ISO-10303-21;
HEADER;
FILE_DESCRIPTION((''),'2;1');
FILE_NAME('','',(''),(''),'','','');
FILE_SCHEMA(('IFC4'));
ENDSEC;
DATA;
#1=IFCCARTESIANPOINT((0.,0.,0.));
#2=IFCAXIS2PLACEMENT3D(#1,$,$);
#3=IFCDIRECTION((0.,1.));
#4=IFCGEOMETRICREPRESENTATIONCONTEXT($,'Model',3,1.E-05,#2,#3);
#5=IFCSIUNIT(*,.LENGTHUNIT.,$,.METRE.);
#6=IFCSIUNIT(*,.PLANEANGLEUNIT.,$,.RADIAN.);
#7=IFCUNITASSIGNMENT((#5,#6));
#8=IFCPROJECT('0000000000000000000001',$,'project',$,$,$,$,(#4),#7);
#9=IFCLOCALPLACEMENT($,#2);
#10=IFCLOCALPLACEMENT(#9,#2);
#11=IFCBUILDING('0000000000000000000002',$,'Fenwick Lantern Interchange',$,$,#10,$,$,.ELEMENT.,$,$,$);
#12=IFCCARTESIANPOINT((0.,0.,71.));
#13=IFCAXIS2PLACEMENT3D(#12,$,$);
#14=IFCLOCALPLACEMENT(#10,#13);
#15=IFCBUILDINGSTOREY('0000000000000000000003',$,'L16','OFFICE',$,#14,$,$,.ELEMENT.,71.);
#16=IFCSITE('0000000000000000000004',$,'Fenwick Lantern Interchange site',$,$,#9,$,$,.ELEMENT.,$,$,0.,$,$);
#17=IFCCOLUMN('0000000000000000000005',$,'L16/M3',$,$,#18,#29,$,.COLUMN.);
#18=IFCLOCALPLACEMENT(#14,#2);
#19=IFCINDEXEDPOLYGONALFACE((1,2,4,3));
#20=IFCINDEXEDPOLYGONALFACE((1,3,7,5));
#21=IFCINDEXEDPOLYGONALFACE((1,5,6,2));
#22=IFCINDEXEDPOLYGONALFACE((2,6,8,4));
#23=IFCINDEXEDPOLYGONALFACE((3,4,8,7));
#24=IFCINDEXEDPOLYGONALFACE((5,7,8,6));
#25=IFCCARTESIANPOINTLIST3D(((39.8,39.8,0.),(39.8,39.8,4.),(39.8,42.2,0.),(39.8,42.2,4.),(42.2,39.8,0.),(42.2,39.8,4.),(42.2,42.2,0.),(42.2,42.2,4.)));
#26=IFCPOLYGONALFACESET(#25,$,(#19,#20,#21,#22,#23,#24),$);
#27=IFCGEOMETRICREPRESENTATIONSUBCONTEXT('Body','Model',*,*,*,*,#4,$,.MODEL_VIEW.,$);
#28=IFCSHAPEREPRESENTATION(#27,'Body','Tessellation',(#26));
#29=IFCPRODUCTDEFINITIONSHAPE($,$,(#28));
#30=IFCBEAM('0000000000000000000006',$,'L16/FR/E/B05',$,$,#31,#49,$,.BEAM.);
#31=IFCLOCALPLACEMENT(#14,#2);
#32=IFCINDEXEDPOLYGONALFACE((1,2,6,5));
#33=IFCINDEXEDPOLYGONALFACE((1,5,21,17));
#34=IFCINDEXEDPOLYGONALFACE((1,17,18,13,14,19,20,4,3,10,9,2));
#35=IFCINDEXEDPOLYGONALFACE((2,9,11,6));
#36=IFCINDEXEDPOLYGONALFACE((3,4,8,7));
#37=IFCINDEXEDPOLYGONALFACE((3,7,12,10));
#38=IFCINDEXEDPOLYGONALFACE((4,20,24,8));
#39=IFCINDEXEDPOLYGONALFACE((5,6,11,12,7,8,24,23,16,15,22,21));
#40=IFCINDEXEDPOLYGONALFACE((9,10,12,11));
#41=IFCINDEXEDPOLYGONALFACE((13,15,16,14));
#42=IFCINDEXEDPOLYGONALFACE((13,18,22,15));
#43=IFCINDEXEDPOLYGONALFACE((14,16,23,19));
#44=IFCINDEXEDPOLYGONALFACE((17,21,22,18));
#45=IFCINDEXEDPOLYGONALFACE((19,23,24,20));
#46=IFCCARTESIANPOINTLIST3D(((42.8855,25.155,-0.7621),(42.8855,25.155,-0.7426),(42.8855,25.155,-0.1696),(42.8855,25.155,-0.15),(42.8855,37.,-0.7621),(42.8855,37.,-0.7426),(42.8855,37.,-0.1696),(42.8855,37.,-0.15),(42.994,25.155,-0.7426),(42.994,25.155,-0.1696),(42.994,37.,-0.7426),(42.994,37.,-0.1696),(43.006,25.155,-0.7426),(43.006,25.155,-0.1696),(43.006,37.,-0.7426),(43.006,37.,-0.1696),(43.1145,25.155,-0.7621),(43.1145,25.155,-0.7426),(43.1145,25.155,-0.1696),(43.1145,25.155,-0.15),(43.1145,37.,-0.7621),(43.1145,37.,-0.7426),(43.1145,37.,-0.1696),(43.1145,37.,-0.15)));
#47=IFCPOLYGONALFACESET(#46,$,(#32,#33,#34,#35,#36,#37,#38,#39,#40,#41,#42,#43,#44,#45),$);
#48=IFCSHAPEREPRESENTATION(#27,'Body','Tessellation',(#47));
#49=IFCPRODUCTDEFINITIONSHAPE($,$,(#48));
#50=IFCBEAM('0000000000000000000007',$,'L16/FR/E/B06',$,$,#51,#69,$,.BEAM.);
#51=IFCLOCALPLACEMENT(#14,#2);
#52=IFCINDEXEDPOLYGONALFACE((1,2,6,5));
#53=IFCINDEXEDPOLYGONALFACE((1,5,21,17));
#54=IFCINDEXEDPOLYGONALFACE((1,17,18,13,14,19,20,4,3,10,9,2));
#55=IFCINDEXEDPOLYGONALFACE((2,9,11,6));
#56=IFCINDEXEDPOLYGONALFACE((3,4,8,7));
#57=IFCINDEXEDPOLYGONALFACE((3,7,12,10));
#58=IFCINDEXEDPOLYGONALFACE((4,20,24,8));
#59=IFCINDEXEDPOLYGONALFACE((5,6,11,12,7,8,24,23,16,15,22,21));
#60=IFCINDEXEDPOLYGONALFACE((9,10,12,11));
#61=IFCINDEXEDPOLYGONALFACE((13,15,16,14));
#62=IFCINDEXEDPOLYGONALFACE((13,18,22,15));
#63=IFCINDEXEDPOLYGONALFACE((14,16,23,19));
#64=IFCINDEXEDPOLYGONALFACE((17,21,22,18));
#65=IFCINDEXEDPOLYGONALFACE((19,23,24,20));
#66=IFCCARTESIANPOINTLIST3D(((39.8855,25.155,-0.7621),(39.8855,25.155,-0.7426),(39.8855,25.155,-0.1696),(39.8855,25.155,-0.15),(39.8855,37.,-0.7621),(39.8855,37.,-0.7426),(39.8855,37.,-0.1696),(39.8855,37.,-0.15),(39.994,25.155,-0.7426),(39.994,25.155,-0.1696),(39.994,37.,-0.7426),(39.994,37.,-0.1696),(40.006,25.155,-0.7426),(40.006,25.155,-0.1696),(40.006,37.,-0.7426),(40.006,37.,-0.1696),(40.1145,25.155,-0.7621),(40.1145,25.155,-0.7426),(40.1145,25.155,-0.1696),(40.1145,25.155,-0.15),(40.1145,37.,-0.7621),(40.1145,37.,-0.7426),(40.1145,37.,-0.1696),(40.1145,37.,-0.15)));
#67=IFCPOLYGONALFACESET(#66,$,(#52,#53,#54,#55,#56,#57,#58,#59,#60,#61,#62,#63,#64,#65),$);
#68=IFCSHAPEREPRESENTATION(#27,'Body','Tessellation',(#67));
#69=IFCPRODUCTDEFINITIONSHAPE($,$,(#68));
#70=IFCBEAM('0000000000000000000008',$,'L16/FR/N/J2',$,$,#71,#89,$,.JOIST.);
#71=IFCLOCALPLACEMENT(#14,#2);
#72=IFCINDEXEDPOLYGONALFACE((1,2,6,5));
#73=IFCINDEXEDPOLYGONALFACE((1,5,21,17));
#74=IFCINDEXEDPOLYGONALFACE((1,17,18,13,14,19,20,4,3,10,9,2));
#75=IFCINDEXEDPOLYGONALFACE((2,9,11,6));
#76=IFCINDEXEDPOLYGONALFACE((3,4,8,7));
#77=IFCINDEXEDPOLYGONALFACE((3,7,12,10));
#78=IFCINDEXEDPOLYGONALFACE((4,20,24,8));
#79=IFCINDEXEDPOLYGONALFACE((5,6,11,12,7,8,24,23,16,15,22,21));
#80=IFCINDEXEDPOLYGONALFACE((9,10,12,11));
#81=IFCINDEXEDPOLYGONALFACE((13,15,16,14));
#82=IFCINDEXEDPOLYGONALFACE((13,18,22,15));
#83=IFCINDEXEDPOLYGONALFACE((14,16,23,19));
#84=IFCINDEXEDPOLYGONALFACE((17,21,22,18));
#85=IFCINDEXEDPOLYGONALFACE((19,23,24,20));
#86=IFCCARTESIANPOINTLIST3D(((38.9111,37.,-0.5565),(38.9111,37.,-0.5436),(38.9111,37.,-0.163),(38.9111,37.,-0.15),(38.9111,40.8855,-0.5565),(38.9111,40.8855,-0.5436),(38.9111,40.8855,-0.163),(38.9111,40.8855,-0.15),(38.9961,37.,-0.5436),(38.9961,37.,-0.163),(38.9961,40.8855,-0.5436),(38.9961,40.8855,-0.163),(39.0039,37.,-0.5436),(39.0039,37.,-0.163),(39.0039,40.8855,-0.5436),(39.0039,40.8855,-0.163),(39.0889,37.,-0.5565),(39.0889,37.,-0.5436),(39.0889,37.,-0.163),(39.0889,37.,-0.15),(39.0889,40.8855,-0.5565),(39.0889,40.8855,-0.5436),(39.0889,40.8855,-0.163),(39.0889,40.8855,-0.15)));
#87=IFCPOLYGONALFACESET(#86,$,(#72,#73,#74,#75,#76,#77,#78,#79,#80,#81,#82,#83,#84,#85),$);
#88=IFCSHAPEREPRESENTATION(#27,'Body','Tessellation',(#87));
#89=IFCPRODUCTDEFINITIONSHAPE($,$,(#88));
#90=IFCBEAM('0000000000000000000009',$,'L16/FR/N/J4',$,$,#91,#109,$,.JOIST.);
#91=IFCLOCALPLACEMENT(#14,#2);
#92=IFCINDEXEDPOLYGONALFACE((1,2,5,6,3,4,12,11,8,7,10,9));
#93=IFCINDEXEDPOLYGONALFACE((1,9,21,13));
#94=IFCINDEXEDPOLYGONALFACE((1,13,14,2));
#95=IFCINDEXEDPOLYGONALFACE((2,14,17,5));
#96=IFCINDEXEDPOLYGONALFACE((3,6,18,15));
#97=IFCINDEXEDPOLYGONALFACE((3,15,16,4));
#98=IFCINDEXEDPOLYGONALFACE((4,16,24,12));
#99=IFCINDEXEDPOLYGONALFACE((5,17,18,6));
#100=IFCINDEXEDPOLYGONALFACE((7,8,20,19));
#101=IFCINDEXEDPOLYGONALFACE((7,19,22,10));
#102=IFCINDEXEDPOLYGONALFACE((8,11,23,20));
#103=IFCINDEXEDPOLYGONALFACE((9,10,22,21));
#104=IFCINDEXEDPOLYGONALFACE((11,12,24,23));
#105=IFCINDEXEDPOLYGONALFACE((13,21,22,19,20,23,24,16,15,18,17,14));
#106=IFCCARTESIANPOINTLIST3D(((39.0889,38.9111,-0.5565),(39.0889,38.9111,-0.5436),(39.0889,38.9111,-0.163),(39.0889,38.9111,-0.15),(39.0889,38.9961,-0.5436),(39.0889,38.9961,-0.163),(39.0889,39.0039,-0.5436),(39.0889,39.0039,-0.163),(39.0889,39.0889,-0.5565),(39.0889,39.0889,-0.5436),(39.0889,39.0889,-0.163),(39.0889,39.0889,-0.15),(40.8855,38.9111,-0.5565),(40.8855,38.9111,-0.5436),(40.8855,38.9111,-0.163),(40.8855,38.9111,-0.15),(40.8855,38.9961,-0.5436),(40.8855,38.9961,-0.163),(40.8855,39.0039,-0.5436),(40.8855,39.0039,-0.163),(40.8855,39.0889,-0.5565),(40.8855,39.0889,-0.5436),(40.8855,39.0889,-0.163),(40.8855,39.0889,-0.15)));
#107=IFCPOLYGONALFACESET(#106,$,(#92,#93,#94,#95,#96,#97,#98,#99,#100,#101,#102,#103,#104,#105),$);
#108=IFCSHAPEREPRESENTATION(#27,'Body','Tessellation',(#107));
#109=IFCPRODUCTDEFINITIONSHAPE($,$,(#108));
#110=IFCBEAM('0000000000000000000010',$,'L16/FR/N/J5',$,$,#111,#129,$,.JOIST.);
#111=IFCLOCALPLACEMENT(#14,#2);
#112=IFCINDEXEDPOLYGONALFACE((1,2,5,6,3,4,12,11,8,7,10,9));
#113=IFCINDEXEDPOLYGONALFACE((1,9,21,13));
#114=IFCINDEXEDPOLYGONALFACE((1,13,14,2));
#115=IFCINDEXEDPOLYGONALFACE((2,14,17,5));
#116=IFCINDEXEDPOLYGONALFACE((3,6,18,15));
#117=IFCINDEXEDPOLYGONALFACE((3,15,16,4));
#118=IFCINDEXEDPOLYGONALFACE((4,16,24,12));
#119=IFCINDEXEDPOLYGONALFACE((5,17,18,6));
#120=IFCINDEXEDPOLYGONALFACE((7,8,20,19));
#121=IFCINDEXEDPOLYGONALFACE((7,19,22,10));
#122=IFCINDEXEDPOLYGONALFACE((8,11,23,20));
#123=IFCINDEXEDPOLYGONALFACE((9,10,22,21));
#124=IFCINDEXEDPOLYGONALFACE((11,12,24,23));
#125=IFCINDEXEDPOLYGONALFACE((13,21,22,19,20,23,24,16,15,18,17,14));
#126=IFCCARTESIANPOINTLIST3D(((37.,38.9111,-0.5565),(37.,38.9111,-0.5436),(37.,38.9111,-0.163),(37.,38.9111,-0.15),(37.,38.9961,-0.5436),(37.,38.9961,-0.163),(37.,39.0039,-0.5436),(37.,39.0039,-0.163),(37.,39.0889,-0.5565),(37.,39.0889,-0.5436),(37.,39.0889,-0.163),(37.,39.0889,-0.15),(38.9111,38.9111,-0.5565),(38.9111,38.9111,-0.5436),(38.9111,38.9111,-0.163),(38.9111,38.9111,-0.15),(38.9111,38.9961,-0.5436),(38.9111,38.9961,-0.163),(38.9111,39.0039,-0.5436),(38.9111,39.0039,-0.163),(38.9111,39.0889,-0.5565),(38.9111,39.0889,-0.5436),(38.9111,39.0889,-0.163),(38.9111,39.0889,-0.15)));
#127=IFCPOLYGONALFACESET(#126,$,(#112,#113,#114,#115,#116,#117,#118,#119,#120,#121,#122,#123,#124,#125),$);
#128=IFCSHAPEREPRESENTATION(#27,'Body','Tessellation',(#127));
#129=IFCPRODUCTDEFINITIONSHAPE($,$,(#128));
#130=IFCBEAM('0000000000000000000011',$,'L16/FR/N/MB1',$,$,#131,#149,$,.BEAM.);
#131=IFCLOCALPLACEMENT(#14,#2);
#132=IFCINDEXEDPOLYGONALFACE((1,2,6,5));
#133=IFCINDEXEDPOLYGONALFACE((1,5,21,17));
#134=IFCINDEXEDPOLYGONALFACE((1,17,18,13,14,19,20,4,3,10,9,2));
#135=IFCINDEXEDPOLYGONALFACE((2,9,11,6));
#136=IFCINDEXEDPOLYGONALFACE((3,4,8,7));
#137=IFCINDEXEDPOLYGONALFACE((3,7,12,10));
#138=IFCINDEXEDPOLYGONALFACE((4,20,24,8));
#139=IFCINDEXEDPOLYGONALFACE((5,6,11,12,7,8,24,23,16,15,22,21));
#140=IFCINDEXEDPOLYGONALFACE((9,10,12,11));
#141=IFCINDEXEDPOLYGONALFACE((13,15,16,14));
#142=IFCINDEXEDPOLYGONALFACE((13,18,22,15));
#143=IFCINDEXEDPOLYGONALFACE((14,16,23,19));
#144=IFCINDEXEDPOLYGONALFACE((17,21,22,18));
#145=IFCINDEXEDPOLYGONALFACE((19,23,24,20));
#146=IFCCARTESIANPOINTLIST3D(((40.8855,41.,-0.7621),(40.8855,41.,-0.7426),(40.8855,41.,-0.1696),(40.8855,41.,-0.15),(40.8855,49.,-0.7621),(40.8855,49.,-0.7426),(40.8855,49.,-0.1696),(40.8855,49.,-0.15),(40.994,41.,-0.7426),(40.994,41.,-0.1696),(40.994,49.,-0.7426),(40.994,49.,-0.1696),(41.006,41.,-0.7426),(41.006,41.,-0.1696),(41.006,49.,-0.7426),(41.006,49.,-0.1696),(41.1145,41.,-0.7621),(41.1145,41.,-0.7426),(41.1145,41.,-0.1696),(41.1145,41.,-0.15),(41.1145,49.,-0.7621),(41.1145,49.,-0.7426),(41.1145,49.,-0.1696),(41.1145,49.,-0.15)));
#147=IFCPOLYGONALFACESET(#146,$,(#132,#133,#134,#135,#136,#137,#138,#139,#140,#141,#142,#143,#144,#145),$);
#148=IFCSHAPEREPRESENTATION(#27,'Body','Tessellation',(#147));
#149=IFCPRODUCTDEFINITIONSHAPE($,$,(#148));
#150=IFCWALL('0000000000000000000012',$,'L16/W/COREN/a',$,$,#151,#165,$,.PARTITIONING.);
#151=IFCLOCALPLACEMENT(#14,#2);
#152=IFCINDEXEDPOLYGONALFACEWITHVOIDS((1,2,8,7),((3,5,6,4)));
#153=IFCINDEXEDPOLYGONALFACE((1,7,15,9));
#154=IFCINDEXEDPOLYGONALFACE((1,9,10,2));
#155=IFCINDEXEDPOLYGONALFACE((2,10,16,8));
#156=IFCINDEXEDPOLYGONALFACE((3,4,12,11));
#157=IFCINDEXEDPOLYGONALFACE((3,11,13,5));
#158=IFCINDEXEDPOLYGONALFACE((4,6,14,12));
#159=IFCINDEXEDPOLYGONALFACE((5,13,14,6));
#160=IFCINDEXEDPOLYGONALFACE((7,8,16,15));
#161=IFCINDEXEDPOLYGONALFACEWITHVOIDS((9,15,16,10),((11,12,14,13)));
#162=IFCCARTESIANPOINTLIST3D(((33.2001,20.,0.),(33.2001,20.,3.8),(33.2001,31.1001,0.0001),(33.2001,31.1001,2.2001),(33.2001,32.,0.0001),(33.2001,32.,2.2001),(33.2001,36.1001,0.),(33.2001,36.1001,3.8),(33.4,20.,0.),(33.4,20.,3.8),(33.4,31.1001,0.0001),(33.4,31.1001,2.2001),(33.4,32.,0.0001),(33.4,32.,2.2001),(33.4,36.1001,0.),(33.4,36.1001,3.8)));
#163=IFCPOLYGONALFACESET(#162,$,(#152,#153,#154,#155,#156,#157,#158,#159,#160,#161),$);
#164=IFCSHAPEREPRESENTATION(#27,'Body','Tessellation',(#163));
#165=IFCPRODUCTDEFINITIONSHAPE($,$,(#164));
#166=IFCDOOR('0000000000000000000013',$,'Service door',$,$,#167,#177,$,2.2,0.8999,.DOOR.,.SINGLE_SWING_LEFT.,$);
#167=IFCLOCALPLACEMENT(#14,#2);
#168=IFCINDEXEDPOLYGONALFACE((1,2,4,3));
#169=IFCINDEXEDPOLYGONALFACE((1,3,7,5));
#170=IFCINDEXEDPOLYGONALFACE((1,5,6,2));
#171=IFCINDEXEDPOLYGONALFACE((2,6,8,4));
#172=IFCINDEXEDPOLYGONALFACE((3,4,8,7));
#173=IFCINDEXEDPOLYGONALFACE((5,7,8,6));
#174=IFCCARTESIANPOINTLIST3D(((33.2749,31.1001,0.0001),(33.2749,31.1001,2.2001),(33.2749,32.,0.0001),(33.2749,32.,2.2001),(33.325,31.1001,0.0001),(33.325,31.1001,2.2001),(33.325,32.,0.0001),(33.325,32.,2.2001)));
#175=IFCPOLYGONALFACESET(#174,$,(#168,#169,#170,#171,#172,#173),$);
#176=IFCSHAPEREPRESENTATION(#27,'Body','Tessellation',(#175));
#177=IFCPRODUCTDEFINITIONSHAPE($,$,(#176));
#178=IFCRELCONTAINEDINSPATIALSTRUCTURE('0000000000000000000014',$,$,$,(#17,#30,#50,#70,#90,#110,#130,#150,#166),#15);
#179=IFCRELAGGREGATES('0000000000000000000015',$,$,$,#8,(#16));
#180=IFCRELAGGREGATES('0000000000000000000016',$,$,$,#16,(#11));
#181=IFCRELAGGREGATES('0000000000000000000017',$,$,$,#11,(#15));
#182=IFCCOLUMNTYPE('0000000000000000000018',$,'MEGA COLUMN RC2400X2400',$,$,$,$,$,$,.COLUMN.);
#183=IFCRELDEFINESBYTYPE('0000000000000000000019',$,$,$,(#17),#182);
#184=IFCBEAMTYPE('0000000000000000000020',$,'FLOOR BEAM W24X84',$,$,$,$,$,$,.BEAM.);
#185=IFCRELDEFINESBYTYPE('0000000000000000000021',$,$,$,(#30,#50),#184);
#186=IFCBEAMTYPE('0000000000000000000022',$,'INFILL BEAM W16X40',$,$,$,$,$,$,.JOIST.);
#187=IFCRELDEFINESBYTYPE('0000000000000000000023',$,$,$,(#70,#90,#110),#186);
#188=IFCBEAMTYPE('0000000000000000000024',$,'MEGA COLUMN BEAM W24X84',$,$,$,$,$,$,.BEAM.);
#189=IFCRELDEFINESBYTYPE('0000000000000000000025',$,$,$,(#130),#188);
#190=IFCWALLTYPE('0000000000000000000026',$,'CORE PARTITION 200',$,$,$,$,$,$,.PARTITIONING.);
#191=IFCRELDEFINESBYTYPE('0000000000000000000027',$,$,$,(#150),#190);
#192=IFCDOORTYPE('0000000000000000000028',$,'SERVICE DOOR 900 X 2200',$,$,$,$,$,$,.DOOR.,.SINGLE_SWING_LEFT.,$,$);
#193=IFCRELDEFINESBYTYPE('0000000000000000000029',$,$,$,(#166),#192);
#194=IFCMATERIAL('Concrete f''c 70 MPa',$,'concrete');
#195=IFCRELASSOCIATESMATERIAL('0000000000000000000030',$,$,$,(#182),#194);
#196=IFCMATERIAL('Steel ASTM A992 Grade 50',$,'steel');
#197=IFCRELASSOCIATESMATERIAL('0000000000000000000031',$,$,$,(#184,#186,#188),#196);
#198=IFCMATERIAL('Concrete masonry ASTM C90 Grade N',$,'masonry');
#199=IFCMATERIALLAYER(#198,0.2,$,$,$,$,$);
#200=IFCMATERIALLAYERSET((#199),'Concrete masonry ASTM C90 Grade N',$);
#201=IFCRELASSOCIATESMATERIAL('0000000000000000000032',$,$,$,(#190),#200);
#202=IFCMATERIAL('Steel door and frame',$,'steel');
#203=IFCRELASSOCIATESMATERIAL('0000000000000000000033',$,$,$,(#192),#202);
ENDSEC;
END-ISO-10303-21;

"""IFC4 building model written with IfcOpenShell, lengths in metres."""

from ifc_helpers import new_model, si_unit, direction, frame, frame_2d, origin, origin_2d, place, context, subcontext, project, spatial, rectangle, i_section, extrude, material, layer, layer_set, material_profile, profile_set, type_object, element, fill, save


model = new_model("IFC4")

# Units and contexts
model_context = context("Model", 3, precision=1e-05, world=origin(), true_north=direction((0.0, 1.0)))
body_context = subcontext(model_context, "Body", "Model", "MODEL_VIEW")
ifc_project = project(units=[si_unit("LENGTHUNIT", "METRE"), si_unit("PLANEANGLEUNIT", "RADIAN")], contexts=[model_context])

# Site, building, storey
site_placement = place(None, origin())
site = spatial("IfcSite", under=ifc_project, at=site_placement, Name="Fenwick Lantern Interchange site", CompositionType="ELEMENT", RefElevation=0.0)
building_placement = place(site_placement, origin())
building = spatial("IfcBuilding", under=site, at=building_placement, Name="Fenwick Lantern Interchange", CompositionType="ELEMENT")
storey_placement = place(building_placement, frame((0.0, 0.0, 71.0)))
storey = spatial("IfcBuildingStorey", under=building, at=storey_placement, Name="L16", Description="OFFICE", CompositionType="ELEMENT", Elevation=71.0)

# Column
ifc_material_1 = material(Name="Concrete f'c 70 MPa", Category="concrete")
ifc_material_profile_1 = material_profile(ifc_material_1, rectangle(XDim=2.3999, YDim=2.3999, at=origin_2d()), Name="RC2400X2400")
ifc_profile_set_1 = profile_set([ifc_material_profile_1], Name="Concrete f'c 70 MPa")
column_type = type_object("IfcColumnType", Name="MEGA COLUMN RC2400X2400", PredefinedType="COLUMN", material=ifc_profile_set_1)
column_placement = place(storey_placement, frame((41.0, 41.0, 0.0), z_axis=(0.0, 0.0, 1.0), x_axis=(1.0, 0.0, 0.0)))
element("IfcColumn", 1, at=column_placement, inside=storey, type_object=column_type, Name="L16/M3", PredefinedType="COLUMN", context=body_context, shape_type="SweptSolid", body=[
    extrude(rectangle(XDim=2.3999, YDim=2.3999, at=origin_2d()), origin(), (0.0, 0.0, 1.0), 4.0),
])

# Beams
ifc_material_2 = material(Name="Steel ASTM A992 Grade 50", Category="steel")
ifc_material_profile_2 = material_profile(ifc_material_2, i_section(OverallWidth=0.229, OverallDepth=0.6121, WebThickness=0.012, FlangeThickness=0.0195, at=origin_2d()), Name="W24X84")
ifc_profile_set_2 = profile_set([ifc_material_profile_2], Name="Steel ASTM A992 Grade 50")
beam_type_1 = type_object("IfcBeamType", Name="FLOOR BEAM W24X84", PredefinedType="BEAM", material=ifc_profile_set_2)
for number, where, z_axis, x_axis, name in (
    (2, (43.0, 25.155, -0.4561), (0.0, 1.0, 0.0), (-1.0, 0.0, 0.0), "L16/FR/E/B05"),
    (3, (40.0, 25.155, -0.4561), (0.0, 1.0, 0.0), (-1.0, 0.0, 0.0), "L16/FR/E/B06"),
):
    element("IfcBeam", number, at=place(storey_placement, frame(where, z_axis=z_axis, x_axis=x_axis)), inside=storey, type_object=beam_type_1, Name=name, PredefinedType="BEAM", context=body_context, shape_type="SweptSolid", body=[
        extrude(i_section(OverallWidth=0.229, OverallDepth=0.6121, WebThickness=0.012, FlangeThickness=0.0195, at=origin_2d()), origin(), (0.0, 0.0, 1.0), 11.845),
    ])
ifc_material_profile_3 = material_profile(ifc_material_2, i_section(OverallWidth=0.1777, OverallDepth=0.4065, WebThickness=0.0078, FlangeThickness=0.0129, at=origin_2d()), Name="W16X40")
ifc_profile_set_3 = profile_set([ifc_material_profile_3], Name="Steel ASTM A992 Grade 50")
beam_type_2 = type_object("IfcBeamType", Name="INFILL BEAM W16X40", PredefinedType="JOIST", material=ifc_profile_set_3)
beam_1_placement = place(storey_placement, frame((39.0, 40.8855, -0.3533), z_axis=(0.0, -1.0, 0.0), x_axis=(1.0, 0.0, 0.0)))
element("IfcBeam", 4, at=beam_1_placement, inside=storey, type_object=beam_type_2, Name="L16/FR/N/J2", PredefinedType="JOIST", context=body_context, shape_type="SweptSolid", body=[
    extrude(i_section(OverallWidth=0.1777, OverallDepth=0.4065, WebThickness=0.0078, FlangeThickness=0.0129, at=origin_2d()), origin(), (0.0, 0.0, 1.0), 3.8855),
])
beam_2_placement = place(storey_placement, frame((40.8855, 39.0, -0.3533), z_axis=(-1.0, 0.0, 0.0), x_axis=(0.0, -1.0, 0.0)))
element("IfcBeam", 5, at=beam_2_placement, inside=storey, type_object=beam_type_2, Name="L16/FR/N/J4", PredefinedType="JOIST", context=body_context, shape_type="SweptSolid", body=[
    extrude(i_section(OverallWidth=0.1777, OverallDepth=0.4065, WebThickness=0.0078, FlangeThickness=0.0129, at=origin_2d()), origin(), (0.0, 0.0, 1.0), 1.7966),
])
beam_3_placement = place(storey_placement, frame((38.9111, 39.0, -0.3533), z_axis=(-1.0, 0.0, 0.0), x_axis=(0.0, -1.0, 0.0)))
element("IfcBeam", 6, at=beam_3_placement, inside=storey, type_object=beam_type_2, Name="L16/FR/N/J5", PredefinedType="JOIST", context=body_context, shape_type="SweptSolid", body=[
    extrude(i_section(OverallWidth=0.1777, OverallDepth=0.4065, WebThickness=0.0078, FlangeThickness=0.0129, at=origin_2d()), origin(), (0.0, 0.0, 1.0), 1.9111),
])
ifc_material_profile_4 = material_profile(ifc_material_2, i_section(OverallWidth=0.229, OverallDepth=0.6121, WebThickness=0.012, FlangeThickness=0.0195, at=origin_2d()), Name="W24X84")
ifc_profile_set_4 = profile_set([ifc_material_profile_4], Name="Steel ASTM A992 Grade 50")
beam_type_3 = type_object("IfcBeamType", Name="MEGA COLUMN BEAM W24X84", PredefinedType="BEAM", material=ifc_profile_set_4)
beam_4_placement = place(storey_placement, frame((41.0, 41.0, -0.4561), z_axis=(0.0, 1.0, 0.0), x_axis=(-1.0, 0.0, 0.0)))
element("IfcBeam", 7, at=beam_4_placement, inside=storey, type_object=beam_type_3, Name="L16/FR/N/MB1", PredefinedType="BEAM", context=body_context, shape_type="SweptSolid", body=[
    extrude(i_section(OverallWidth=0.229, OverallDepth=0.6121, WebThickness=0.012, FlangeThickness=0.0195, at=origin_2d()), origin(), (0.0, 0.0, 1.0), 8.0),
])

# Wall, opening, door
ifc_material_3 = material(Name="Concrete masonry ASTM C90 Grade N", Category="masonry")
ifc_layer_1 = layer(ifc_material_3, 0.2)
ifc_layer_set_1 = layer_set([ifc_layer_1], Name="Concrete masonry ASTM C90 Grade N")
wall_type_1 = type_object("IfcWallType", Name="CORE PARTITION 200", PredefinedType="PARTITIONING", material=ifc_layer_set_1)
wall_1_placement = place(storey_placement, frame((33.3, 36.1001, 0.0), z_axis=(0.0, 0.0, 1.0), x_axis=(0.0, -1.0, 0.0)))
wall_1 = element("IfcWall", 8, at=wall_1_placement, inside=storey, type_object=wall_type_1, Name="L16/W/COREN/a", PredefinedType="PARTITIONING", context=body_context, shape_type="SweptSolid", body=[
    extrude(rectangle(XDim=16.1001, YDim=0.2, at=frame_2d((8.05, 0.0))), origin(), (0.0, 0.0, 1.0), 3.8),
])
opening_1_placement = place(wall_1_placement, frame((4.1001, 0.0, 0.0)))
opening_1 = element("IfcOpeningElement", 9, at=opening_1_placement, cuts=wall_1, PredefinedType="OPENING", context=body_context, shape_type="SweptSolid", body=[
    extrude(rectangle(XDim=0.8999, YDim=2.2, at=frame_2d((0.45, 1.1001))), frame((0.0, 0.1099, 0.0), z_axis=(0.0, -1.0, 0.0), x_axis=(1.0, 0.0, 0.0)), (0.0, 0.0, 1.0), 0.22),
])
ifc_material_4 = material(Name="Steel door and frame", Category="steel")
door_type_1 = type_object("IfcDoorType", Name="SERVICE DOOR 900 X 2200", OperationType="SINGLE_SWING_LEFT", PredefinedType="DOOR", material=ifc_material_4)
door_1_placement = place(opening_1_placement, origin())
door_1 = element("IfcDoor", 10, at=door_1_placement, inside=storey, type_object=door_type_1, Name="Service door", OperationType="SINGLE_SWING_LEFT", OverallHeight=2.2, OverallWidth=0.8999, PredefinedType="DOOR", context=body_context, shape_type="SweptSolid", body=[
    extrude(rectangle(XDim=0.8999, YDim=2.2, at=frame_2d((0.45, 1.1001))), frame((0.0, 0.0249, 0.0), z_axis=(0.0, -1.0, 0.0), x_axis=(1.0, 0.0, 0.0)), (0.0, 0.0, 1.0), 0.05),
])
fill(opening_1, door_1)

save(model, "model.ifc")
